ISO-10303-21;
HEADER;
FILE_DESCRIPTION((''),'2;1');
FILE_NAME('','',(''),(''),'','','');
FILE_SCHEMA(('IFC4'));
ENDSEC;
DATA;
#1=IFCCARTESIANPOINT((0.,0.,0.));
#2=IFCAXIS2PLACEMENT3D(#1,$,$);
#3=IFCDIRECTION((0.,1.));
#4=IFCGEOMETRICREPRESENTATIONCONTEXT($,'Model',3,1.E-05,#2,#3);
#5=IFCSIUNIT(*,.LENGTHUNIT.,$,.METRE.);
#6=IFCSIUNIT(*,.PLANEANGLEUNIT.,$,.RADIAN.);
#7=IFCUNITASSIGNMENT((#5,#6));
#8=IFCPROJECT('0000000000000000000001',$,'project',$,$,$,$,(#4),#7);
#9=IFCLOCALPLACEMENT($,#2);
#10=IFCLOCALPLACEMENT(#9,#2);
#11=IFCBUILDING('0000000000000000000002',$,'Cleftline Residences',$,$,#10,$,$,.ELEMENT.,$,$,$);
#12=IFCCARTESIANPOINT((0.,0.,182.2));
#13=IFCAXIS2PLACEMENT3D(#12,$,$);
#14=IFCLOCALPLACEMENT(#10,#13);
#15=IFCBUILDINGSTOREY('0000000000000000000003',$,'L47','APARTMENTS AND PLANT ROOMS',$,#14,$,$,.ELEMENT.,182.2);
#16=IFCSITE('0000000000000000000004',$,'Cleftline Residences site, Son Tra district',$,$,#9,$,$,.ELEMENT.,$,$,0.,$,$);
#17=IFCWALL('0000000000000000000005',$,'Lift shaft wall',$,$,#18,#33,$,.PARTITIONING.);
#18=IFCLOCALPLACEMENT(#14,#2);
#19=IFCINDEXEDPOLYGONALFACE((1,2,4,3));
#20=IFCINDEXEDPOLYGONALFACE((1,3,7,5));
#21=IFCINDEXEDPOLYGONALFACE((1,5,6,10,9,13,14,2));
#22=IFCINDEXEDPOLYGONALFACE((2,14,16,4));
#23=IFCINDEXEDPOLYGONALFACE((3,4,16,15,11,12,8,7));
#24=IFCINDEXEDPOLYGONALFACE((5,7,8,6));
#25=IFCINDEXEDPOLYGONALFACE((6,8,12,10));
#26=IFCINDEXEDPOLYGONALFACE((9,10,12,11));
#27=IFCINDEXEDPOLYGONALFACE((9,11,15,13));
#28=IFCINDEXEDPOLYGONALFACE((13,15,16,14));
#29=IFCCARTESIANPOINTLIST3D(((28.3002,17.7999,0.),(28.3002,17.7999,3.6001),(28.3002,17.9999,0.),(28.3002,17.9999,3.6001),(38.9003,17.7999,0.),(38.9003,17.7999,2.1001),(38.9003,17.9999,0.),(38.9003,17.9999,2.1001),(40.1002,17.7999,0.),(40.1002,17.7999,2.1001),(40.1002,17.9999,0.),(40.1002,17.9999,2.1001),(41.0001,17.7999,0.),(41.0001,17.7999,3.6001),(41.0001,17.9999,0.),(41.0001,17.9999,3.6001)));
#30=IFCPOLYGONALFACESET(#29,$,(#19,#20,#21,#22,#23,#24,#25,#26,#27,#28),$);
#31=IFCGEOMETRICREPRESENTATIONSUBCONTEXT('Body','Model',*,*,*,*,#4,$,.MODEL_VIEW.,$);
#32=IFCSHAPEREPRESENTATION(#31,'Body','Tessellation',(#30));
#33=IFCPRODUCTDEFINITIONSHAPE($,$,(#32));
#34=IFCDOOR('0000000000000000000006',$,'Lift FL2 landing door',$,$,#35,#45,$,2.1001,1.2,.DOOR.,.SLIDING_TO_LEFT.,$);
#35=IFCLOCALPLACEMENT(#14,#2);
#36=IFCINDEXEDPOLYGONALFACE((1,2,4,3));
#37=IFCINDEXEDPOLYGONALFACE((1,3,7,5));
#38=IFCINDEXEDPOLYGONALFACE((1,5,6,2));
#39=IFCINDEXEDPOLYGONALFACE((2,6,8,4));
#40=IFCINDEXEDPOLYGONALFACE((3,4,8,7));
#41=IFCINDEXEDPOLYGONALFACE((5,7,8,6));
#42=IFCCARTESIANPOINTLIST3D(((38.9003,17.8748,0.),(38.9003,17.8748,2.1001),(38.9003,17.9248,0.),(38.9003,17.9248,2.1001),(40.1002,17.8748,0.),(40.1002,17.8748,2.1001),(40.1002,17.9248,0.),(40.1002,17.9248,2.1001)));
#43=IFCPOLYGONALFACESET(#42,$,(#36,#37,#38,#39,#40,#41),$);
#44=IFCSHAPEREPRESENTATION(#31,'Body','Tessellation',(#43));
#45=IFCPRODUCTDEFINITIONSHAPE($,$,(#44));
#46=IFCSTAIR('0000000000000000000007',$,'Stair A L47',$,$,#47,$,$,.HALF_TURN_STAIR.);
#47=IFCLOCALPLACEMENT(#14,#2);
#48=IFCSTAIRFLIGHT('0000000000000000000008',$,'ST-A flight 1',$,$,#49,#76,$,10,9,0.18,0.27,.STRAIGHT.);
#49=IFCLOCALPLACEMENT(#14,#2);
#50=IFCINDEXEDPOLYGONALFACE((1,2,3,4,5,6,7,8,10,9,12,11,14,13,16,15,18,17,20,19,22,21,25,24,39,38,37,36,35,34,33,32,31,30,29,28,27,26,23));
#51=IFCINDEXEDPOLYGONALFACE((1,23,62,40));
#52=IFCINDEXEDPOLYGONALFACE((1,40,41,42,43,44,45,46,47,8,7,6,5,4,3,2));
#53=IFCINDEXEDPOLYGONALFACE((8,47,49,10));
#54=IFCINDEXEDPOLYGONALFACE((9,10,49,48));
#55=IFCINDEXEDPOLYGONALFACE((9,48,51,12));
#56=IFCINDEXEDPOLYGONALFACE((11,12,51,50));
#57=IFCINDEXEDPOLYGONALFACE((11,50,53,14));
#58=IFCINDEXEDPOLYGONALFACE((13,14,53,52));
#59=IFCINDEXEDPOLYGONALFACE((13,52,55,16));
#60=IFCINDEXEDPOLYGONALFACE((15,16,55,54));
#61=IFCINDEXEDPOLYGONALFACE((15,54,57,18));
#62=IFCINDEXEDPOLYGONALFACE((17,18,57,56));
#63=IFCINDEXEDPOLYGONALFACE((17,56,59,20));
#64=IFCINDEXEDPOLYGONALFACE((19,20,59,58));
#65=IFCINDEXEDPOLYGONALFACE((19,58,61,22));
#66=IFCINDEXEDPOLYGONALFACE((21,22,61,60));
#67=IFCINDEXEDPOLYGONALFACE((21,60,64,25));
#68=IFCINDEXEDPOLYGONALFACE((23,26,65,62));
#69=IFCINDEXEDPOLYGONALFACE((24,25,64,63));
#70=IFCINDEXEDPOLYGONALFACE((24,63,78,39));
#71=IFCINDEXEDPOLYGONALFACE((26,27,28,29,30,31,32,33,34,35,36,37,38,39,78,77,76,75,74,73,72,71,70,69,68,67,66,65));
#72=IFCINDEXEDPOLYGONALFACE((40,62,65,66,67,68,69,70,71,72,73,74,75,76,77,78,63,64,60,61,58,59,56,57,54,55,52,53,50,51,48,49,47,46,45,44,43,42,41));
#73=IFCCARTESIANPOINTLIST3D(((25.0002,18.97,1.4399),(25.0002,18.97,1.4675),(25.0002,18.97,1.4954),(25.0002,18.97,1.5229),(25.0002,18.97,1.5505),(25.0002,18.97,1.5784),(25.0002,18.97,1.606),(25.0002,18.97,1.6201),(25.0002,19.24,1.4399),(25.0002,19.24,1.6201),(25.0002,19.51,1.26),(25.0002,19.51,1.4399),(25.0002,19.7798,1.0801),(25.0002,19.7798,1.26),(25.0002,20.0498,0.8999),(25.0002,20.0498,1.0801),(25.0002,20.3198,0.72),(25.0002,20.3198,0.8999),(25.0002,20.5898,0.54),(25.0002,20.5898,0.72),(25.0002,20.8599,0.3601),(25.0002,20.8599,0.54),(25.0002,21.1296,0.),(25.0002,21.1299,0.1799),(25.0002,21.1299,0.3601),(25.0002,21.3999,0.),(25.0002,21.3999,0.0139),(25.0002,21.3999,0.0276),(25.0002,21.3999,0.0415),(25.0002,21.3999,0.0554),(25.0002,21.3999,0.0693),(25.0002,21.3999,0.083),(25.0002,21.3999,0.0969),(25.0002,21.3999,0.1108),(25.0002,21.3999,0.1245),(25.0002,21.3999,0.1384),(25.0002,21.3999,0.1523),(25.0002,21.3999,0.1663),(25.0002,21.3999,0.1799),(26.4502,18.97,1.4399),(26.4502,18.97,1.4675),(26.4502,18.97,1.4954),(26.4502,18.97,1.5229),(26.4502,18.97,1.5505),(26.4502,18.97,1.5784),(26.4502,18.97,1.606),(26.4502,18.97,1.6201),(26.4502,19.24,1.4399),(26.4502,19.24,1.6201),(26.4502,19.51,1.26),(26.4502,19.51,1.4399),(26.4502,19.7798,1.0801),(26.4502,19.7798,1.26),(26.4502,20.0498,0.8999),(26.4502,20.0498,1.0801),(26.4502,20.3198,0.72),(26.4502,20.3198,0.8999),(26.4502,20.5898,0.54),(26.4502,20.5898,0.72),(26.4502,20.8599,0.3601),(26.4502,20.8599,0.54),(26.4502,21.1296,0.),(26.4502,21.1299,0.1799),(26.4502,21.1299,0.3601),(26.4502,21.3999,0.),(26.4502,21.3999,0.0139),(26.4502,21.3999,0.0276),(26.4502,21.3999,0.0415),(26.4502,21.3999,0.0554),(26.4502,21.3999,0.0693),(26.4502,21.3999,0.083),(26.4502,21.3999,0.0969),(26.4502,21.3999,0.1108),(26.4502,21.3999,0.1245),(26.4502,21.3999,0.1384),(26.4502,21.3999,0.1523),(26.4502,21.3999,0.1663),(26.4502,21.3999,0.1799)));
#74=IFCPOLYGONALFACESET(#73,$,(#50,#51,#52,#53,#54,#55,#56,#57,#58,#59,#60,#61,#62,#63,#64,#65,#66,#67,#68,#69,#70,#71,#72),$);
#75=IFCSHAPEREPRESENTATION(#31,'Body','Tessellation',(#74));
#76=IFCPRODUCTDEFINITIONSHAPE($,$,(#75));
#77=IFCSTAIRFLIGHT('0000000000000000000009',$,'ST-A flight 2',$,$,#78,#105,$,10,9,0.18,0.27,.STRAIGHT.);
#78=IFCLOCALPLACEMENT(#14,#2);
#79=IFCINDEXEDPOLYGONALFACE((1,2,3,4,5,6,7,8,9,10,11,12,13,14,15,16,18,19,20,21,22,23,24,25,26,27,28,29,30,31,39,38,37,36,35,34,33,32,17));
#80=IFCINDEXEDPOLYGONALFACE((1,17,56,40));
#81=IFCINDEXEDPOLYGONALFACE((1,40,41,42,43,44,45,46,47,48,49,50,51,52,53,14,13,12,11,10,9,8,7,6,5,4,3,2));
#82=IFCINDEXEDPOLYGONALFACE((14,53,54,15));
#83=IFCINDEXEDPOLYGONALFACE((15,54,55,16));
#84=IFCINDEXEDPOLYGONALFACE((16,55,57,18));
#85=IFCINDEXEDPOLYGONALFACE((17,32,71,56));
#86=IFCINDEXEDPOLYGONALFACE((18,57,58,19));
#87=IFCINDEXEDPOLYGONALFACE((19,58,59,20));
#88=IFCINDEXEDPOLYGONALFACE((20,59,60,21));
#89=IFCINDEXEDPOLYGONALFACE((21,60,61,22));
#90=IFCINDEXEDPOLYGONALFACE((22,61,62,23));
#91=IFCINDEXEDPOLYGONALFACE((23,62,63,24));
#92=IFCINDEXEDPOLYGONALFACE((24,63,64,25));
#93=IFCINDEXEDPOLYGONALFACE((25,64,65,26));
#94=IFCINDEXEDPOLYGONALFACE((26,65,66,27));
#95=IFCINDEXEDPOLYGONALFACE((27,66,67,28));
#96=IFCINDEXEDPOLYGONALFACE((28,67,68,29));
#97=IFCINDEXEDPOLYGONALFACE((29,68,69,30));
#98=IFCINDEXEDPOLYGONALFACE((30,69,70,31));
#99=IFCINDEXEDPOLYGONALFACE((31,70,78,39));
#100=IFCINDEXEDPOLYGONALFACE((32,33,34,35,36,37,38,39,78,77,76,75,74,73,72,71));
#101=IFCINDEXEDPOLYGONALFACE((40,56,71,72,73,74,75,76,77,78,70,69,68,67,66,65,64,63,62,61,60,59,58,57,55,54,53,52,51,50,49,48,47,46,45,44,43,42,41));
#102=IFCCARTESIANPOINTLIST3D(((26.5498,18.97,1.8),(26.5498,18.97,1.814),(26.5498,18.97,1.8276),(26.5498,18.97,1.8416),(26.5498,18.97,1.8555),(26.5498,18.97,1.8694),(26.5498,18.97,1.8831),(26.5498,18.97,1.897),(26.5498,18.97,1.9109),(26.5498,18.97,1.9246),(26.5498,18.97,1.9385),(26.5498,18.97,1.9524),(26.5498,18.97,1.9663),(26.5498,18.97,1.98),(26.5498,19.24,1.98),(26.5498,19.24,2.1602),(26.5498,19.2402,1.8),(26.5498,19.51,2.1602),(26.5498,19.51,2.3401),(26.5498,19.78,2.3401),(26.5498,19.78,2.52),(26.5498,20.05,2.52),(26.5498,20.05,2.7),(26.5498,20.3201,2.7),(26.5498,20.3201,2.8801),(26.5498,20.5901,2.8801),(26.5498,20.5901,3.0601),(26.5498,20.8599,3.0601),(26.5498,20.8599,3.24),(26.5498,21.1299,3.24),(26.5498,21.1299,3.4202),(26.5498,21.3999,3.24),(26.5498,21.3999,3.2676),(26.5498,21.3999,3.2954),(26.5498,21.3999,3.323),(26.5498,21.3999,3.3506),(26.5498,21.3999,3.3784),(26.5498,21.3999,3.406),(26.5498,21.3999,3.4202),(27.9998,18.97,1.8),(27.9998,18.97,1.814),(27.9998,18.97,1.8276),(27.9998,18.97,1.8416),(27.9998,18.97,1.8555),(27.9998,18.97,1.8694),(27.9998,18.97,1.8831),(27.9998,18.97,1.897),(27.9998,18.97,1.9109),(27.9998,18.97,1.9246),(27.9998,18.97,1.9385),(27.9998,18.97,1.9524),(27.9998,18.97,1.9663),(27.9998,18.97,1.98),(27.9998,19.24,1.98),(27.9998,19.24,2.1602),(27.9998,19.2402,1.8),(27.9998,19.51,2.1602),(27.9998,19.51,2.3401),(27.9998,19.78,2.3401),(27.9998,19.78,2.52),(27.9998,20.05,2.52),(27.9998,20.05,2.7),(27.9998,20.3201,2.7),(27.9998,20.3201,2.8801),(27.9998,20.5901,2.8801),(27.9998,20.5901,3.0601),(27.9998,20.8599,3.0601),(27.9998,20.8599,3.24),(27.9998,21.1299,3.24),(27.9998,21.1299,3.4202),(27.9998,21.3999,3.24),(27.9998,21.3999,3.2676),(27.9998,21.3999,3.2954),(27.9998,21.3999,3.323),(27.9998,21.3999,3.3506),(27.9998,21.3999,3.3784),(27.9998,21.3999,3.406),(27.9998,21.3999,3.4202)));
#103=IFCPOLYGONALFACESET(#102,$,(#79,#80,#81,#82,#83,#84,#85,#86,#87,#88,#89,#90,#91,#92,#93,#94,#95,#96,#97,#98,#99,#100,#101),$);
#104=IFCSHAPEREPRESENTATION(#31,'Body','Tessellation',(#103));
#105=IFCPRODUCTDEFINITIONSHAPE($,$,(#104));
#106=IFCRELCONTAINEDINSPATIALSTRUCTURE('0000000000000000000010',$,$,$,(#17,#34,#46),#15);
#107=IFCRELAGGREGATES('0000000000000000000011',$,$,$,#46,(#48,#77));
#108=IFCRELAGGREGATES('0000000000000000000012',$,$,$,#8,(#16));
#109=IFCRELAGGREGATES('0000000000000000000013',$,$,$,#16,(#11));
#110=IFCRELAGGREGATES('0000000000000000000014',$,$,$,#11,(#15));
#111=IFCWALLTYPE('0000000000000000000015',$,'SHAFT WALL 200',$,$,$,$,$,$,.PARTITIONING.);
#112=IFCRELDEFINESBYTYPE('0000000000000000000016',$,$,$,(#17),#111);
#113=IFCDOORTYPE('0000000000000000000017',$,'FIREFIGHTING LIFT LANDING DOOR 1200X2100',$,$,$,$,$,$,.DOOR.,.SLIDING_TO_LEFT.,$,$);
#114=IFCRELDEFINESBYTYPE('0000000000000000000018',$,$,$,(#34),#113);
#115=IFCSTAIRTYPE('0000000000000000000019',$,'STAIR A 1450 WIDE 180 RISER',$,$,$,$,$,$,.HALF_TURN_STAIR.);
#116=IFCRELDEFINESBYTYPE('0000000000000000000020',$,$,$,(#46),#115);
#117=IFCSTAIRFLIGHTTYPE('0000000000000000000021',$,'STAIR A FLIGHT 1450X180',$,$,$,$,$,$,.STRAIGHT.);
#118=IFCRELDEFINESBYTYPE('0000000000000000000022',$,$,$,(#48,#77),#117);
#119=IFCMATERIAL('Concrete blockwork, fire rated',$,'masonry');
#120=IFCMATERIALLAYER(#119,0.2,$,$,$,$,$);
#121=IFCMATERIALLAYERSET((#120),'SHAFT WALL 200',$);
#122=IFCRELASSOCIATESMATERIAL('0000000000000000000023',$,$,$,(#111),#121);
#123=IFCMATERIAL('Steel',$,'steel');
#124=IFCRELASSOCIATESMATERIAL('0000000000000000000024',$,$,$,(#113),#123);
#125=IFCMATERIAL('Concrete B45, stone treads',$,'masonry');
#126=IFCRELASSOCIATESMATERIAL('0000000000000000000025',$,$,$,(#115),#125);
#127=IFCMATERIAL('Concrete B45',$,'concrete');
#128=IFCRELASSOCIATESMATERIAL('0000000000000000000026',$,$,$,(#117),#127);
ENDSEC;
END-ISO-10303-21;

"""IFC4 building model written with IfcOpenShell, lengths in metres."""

from ifc_helpers import new_model, si_unit, direction, frame, frame_2d, origin, place, context, subcontext, project, spatial, polyline, rectangle, outline, extrude, material, layer, layer_set, type_object, element, fill, aggregate, save


model = new_model("IFC4")

# Units and contexts
model_context = context("Model", 3, precision=1e-05, world=origin(), true_north=direction((0.0, 1.0)))
body_context = subcontext(model_context, "Body", "Model", "MODEL_VIEW")
ifc_project = project(units=[si_unit("LENGTHUNIT", "METRE"), si_unit("PLANEANGLEUNIT", "RADIAN")], contexts=[model_context])

# Site, building, storey
site_placement = place(None, origin())
site = spatial("IfcSite", under=ifc_project, at=site_placement, Name="Cleftline Residences site, Son Tra district", CompositionType="ELEMENT", RefElevation=0.0)
building_placement = place(site_placement, origin())
building = spatial("IfcBuilding", under=site, at=building_placement, Name="Cleftline Residences", CompositionType="ELEMENT")
storey_placement = place(building_placement, frame((0.0, 0.0, 182.2)))
storey = spatial("IfcBuildingStorey", under=building, at=storey_placement, Name="L47", Description="APARTMENTS AND PLANT ROOMS", CompositionType="ELEMENT", Elevation=182.2)

# Wall, opening, door
ifc_material_1 = material(Name="Concrete blockwork, fire rated", Category="masonry")
ifc_layer_1 = layer(ifc_material_1, 0.2)
ifc_layer_set_1 = layer_set([ifc_layer_1], Name="SHAFT WALL 200")
wall_type_1 = type_object("IfcWallType", Name="SHAFT WALL 200", PredefinedType="PARTITIONING", material=ifc_layer_set_1)
wall_1_placement = place(storey_placement, frame((28.3, 17.8999, 0.0), z_axis=(0.0, 0.0, 1.0), x_axis=(1.0, 0.0, 0.0)))
wall_1 = element("IfcWall", 1, at=wall_1_placement, inside=storey, type_object=wall_type_1, Name="Lift shaft wall", PredefinedType="PARTITIONING", context=body_context, shape_type="SweptSolid", body=[
    extrude(rectangle(XDim=12.7, YDim=0.2, at=frame_2d((6.3501, 0.0))), origin(), (0.0, 0.0, 1.0), 3.6001),
])
opening_1_placement = place(wall_1_placement, frame((10.6001, 0.0, 0.0)))
opening_1 = element("IfcOpeningElement", 2, at=opening_1_placement, cuts=wall_1, PredefinedType="OPENING", context=body_context, shape_type="SweptSolid", body=[
    extrude(rectangle(XDim=1.2, YDim=2.1001, at=frame_2d((0.6001, 1.05))), frame((0.0, 0.1099, 0.0), z_axis=(0.0, -1.0, 0.0), x_axis=(1.0, 0.0, 0.0)), (0.0, 0.0, 1.0), 0.22),
])
ifc_material_2 = material(Name="Steel", Category="steel")
door_type_1 = type_object("IfcDoorType", Name="FIREFIGHTING LIFT LANDING DOOR 1200X2100", OperationType="SLIDING_TO_LEFT", PredefinedType="DOOR", material=ifc_material_2)
door_1_placement = place(opening_1_placement, origin())
door_1 = element("IfcDoor", 3, at=door_1_placement, inside=storey, type_object=door_type_1, Name="Lift FL2 landing door", OperationType="SLIDING_TO_LEFT", OverallHeight=2.1001, OverallWidth=1.2, PredefinedType="DOOR", context=body_context, shape_type="SweptSolid", body=[
    extrude(rectangle(XDim=1.2, YDim=2.1001, at=frame_2d((0.6001, 1.05))), frame((0.0, 0.0249, 0.0), z_axis=(0.0, -1.0, 0.0), x_axis=(1.0, 0.0, 0.0)), (0.0, 0.0, 1.0), 0.05),
])
fill(opening_1, door_1)

# Stair, stair flights
ifc_material_3 = material(Name="Concrete B45, stone treads", Category="masonry")
stair_type = type_object("IfcStairType", Name="STAIR A 1450 WIDE 180 RISER", PredefinedType="HALF_TURN_STAIR", material=ifc_material_3)
stair_placement = place(storey_placement, origin())
stair = element("IfcStair", 4, at=stair_placement, inside=storey, type_object=stair_type, Name="Stair A L47", PredefinedType="HALF_TURN_STAIR")
ifc_material_4 = material(Name="Concrete B45", Category="concrete")
stair_flight_type = type_object("IfcStairFlightType", Name="STAIR A FLIGHT 1450X180", PredefinedType="STRAIGHT", material=ifc_material_4)
stair_flight_1_placement = place(storey_placement, frame((25.7251, 21.3999, 0.0), z_axis=(0.0, 0.0, 1.0), x_axis=(0.0, -1.0, 0.0)))
stair_flight_1 = element("IfcStairFlight", 5, at=stair_flight_1_placement, type_object=stair_flight_type, Name="ST-A flight 1", NumberOfRisers=10, NumberOfTreads=9, PredefinedType="STRAIGHT", RiserHeight=0.18, TreadLength=0.27, context=body_context, shape_type="SweptSolid", body=[
    extrude(outline(polyline([(0.0, 0.0), (0.0, 0.0139), (0.0, 0.0276), (0.0, 0.0415), (0.0, 0.0554), (0.0, 0.0693), (0.0, 0.083), (0.0, 0.0969), (0.0, 0.1108), (0.0, 0.1245), (0.0, 0.1384), (0.0, 0.1523), (0.0, 0.1663), (0.0, 0.1799), (0.27, 0.1799), (0.27, 0.3601), (0.54, 0.3601), (0.54, 0.54), (0.8101, 0.54), (0.8101, 0.72), (1.0801, 0.72), (1.0801, 0.8999), (1.3501, 0.8999), (1.3501, 1.0801), (1.6201, 1.0801), (1.6201, 1.26), (1.8899, 1.26), (1.8899, 1.4399), (2.1599, 1.4399), (2.1599, 1.6201), (2.4299, 1.6201), (2.4299, 1.8), (2.4299, 1.7722), (2.4299, 1.7446), (2.4299, 1.7168), (2.4299, 1.6892), (2.4299, 1.6614), (2.4299, 1.6338), (2.4299, 1.606), (2.4299, 1.5784), (2.4299, 1.5505), (2.4299, 1.5229), (2.4299, 1.4954), (2.4299, 1.4675), (2.4299, 1.4399), (0.2703, 0.0), (0.0, 0.0)])), frame((0.0, 0.7251, 0.0), z_axis=(0.0, -1.0, 0.0), x_axis=(1.0, 0.0, 0.0)), (0.0, 0.0, 1.0), 1.45),
])
stair_flight_2_placement = place(storey_placement, frame((27.2749, 18.97, 1.8), z_axis=(0.0, 0.0, 1.0), x_axis=(0.0, 1.0, 0.0)))
stair_flight_2 = element("IfcStairFlight", 6, at=stair_flight_2_placement, type_object=stair_flight_type, Name="ST-A flight 2", NumberOfRisers=10, NumberOfTreads=9, PredefinedType="STRAIGHT", RiserHeight=0.18, TreadLength=0.27, context=body_context, shape_type="SweptSolid", body=[
    extrude(outline(polyline([(0.0, 0.0), (0.0, 0.0139), (0.0, 0.0276), (0.0, 0.0415), (0.0, 0.0554), (0.0, 0.0693), (0.0, 0.083), (0.0, 0.0969), (0.0, 0.1108), (0.0, 0.1245), (0.0, 0.1384), (0.0, 0.1523), (0.0, 0.1663), (0.0, 0.1799), (0.27, 0.1799), (0.27, 0.3601), (0.54, 0.3601), (0.54, 0.54), (0.8101, 0.54), (0.8101, 0.72), (1.0801, 0.72), (1.0801, 0.8999), (1.3501, 0.8999), (1.3501, 1.0801), (1.6201, 1.0801), (1.6201, 1.26), (1.8899, 1.26), (1.8899, 1.4399), (2.1599, 1.4399), (2.1599, 1.6201), (2.4299, 1.6201), (2.4299, 1.8), (2.4299, 1.7722), (2.4299, 1.7446), (2.4299, 1.7168), (2.4299, 1.6892), (2.4299, 1.6614), (2.4299, 1.6338), (2.4299, 1.606), (2.4299, 1.5784), (2.4299, 1.5505), (2.4299, 1.5229), (2.4299, 1.4954), (2.4299, 1.4675), (2.4299, 1.4399), (0.2703, 0.0), (0.0, 0.0)])), frame((0.0, 0.7251, 0.0), z_axis=(0.0, -1.0, 0.0), x_axis=(1.0, 0.0, 0.0)), (0.0, 0.0, 1.0), 1.45),
])
aggregate(stair, [stair_flight_1, stair_flight_2])

save(model, "model.ifc")
